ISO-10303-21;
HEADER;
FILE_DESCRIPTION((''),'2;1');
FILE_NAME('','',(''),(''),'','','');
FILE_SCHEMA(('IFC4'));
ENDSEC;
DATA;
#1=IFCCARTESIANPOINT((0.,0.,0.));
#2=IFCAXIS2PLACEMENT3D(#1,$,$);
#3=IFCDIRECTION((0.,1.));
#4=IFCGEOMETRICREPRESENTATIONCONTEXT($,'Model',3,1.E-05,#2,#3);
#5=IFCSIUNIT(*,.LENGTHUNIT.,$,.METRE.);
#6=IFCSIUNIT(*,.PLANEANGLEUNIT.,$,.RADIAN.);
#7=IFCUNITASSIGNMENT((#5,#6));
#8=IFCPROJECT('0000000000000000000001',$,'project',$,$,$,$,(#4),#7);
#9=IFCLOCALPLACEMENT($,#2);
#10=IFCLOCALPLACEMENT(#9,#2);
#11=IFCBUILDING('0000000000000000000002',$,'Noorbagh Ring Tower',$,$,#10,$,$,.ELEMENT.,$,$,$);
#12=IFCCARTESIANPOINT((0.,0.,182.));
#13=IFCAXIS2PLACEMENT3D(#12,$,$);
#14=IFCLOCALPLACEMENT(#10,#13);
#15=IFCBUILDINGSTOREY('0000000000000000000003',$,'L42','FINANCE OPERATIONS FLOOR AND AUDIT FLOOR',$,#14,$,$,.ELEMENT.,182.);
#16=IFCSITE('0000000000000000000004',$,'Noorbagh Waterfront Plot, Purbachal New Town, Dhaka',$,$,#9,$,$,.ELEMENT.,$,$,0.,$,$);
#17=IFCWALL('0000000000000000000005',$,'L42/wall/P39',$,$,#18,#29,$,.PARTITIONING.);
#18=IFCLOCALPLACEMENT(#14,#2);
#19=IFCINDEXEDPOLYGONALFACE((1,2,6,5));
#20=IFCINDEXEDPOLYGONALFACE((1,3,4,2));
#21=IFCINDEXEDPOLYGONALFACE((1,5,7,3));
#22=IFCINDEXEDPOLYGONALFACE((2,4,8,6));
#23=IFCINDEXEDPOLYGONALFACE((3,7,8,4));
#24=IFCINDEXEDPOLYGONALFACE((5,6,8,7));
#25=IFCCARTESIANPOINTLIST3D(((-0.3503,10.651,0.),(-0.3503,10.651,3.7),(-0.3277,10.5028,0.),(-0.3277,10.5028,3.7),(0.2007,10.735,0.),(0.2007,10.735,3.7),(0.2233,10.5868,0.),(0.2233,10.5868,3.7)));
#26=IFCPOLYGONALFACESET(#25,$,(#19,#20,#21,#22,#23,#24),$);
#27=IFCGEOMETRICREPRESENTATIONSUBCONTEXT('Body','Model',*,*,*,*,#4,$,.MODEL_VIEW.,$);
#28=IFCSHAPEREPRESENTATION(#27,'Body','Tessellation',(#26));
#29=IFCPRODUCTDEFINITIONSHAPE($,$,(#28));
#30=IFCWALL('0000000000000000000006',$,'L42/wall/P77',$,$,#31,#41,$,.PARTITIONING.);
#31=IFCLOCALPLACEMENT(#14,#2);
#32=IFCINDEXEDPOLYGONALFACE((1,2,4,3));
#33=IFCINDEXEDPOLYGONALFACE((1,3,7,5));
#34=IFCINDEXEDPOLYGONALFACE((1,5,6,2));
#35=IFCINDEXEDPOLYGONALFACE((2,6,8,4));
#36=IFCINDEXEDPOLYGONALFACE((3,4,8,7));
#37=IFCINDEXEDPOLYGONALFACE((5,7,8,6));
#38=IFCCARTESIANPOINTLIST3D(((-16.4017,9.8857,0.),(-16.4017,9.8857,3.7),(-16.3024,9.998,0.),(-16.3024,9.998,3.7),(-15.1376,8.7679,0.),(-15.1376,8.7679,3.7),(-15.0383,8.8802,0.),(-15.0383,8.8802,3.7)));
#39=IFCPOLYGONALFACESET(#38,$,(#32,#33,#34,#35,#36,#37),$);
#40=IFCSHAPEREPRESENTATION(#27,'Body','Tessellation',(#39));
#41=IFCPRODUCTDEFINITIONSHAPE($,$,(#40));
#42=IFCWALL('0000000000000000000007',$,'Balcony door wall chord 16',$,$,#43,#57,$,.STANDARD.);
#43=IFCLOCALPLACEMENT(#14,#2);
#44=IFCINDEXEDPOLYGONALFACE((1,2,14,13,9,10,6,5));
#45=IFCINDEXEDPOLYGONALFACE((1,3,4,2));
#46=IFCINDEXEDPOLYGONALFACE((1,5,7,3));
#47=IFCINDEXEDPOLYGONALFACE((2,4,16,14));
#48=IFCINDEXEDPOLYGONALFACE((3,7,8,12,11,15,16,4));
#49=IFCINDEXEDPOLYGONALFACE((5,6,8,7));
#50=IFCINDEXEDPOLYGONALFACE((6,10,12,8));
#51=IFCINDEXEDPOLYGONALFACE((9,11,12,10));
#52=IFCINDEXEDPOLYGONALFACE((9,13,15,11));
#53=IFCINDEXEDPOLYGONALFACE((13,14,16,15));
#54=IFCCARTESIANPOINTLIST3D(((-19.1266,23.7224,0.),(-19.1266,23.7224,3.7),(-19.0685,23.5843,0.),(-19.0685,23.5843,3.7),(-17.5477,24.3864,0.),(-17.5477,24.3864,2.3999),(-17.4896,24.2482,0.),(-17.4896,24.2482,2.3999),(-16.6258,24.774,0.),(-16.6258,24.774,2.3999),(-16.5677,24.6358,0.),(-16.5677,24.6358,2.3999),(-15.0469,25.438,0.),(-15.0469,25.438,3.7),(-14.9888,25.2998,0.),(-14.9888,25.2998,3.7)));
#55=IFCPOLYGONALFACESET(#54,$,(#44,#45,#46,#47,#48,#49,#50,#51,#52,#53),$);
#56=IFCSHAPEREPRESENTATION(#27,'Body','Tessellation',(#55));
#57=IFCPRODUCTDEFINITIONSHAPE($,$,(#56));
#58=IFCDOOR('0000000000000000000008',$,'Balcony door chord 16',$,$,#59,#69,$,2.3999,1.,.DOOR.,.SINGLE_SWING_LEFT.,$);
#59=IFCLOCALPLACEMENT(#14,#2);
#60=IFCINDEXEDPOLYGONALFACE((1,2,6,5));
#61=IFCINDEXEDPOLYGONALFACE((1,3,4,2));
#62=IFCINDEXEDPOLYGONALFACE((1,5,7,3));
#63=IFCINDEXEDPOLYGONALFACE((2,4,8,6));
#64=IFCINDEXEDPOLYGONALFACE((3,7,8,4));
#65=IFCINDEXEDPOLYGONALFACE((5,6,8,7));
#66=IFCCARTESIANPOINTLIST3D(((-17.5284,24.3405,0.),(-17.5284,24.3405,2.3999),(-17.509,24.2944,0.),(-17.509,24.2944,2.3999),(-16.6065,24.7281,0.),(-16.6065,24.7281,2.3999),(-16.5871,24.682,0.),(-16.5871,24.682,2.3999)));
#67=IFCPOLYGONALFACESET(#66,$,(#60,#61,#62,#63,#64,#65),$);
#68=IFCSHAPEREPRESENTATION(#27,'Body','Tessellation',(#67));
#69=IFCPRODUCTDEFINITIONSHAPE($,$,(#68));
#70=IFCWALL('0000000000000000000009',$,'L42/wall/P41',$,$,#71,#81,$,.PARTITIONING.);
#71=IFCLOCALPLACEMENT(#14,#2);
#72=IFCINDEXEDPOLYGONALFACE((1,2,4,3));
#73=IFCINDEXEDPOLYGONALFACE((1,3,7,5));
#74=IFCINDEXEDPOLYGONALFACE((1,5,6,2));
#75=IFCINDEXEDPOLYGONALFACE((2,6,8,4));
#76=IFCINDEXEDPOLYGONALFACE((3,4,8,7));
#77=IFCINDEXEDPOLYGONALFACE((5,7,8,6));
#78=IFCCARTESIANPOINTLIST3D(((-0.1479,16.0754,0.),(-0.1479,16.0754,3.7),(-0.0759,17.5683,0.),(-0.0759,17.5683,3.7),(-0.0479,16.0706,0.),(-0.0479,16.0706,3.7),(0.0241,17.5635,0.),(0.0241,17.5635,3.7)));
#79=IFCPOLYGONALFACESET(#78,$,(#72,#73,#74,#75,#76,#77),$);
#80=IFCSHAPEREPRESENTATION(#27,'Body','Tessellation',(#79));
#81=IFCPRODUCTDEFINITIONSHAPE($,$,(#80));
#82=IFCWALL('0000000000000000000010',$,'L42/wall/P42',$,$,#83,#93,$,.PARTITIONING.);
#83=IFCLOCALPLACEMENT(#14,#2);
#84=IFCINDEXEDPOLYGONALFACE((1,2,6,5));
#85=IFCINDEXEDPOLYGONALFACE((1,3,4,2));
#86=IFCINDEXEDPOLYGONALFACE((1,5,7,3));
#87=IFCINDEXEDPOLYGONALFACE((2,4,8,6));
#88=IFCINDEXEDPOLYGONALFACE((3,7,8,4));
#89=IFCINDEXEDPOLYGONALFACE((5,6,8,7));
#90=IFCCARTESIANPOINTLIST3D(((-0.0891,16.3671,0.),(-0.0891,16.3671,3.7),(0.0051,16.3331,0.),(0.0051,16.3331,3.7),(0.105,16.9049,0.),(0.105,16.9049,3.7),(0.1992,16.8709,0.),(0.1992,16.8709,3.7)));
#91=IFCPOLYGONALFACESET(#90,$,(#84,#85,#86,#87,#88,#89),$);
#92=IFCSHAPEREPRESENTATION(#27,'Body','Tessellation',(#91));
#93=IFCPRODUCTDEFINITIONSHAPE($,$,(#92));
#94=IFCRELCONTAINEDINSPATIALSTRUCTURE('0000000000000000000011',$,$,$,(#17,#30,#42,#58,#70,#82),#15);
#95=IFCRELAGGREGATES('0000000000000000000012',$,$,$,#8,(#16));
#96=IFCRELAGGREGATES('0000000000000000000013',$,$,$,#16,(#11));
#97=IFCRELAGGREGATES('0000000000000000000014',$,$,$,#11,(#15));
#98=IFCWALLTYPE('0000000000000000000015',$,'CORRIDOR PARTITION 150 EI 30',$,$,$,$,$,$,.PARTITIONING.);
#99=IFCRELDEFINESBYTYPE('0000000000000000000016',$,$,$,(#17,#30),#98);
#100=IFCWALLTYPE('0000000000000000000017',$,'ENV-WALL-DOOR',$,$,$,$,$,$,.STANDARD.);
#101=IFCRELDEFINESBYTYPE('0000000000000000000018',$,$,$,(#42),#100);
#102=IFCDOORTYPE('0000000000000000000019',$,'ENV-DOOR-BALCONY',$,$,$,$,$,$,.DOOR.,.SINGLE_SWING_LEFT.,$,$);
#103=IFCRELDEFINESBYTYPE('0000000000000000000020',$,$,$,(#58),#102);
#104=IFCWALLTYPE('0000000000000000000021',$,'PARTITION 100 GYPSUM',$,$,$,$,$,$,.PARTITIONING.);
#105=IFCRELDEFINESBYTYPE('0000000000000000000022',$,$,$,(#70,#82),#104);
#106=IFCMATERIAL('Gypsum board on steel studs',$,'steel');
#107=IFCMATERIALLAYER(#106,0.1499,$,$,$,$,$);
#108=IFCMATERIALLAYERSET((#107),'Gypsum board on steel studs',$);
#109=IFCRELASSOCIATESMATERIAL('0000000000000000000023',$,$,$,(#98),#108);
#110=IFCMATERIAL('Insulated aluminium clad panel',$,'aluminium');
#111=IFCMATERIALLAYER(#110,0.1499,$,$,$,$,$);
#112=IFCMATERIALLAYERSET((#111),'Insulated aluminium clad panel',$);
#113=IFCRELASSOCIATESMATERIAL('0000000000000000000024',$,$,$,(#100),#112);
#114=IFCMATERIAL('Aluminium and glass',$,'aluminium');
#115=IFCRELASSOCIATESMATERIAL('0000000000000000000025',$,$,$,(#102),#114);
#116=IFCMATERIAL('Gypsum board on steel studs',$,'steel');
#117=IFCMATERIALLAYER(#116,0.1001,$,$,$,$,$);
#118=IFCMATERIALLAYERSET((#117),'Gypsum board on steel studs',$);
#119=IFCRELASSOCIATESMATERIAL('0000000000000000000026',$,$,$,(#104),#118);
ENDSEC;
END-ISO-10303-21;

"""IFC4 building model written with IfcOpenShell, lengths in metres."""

from ifc_helpers import new_model, si_unit, direction, frame, frame_2d, origin, place, context, subcontext, project, spatial, rectangle, extrude, material, layer, layer_set, type_object, element, fill, save


model = new_model("IFC4")

# Units and contexts
model_context = context("Model", 3, precision=1e-05, world=origin(), true_north=direction((0.0, 1.0)))
body_context = subcontext(model_context, "Body", "Model", "MODEL_VIEW")
ifc_project = project(units=[si_unit("LENGTHUNIT", "METRE"), si_unit("PLANEANGLEUNIT", "RADIAN")], contexts=[model_context])

# Site, building, storey
site_placement = place(None, origin())
site = spatial("IfcSite", under=ifc_project, at=site_placement, Name="Noorbagh Waterfront Plot, Purbachal New Town, Dhaka", CompositionType="ELEMENT", RefElevation=0.0)
building_placement = place(site_placement, origin())
building = spatial("IfcBuilding", under=site, at=building_placement, Name="Noorbagh Ring Tower", CompositionType="ELEMENT")
storey_placement = place(building_placement, frame((0.0, 0.0, 182.0)))
storey = spatial("IfcBuildingStorey", under=building, at=storey_placement, Name="L42", Description="FINANCE OPERATIONS FLOOR AND AUDIT FLOOR", CompositionType="ELEMENT", Elevation=182.0)

# Walls
ifc_material_1 = material(Name="Gypsum board on steel studs", Category="steel")
ifc_layer_1 = layer(ifc_material_1, 0.1499)
ifc_layer_set_1 = layer_set([ifc_layer_1], Name="Gypsum board on steel studs")
wall_type_1 = type_object("IfcWallType", Name="CORRIDOR PARTITION 150 EI 30", PredefinedType="PARTITIONING", material=ifc_layer_set_1)
wall_1_placement = place(storey_placement, frame((-0.3391, 10.5769, 0.0), z_axis=(0.0, 0.0, 1.0), x_axis=(0.988583, 0.150675, 0.0)))
element("IfcWall", 1, at=wall_1_placement, inside=storey, type_object=wall_type_1, Name="L42/wall/P39", PredefinedType="PARTITIONING", context=body_context, shape_type="SweptSolid", body=[
    extrude(rectangle(XDim=0.5574, YDim=0.1499, at=frame_2d((0.2788, 0.0))), origin(), (0.0, 0.0, 1.0), 3.7),
])
wall_2_placement = place(storey_placement, frame((-16.3521, 9.9419, 0.0), z_axis=(0.0, 0.0, 1.0), x_axis=(0.749107, -0.662449, 0.0)))
element("IfcWall", 2, at=wall_2_placement, inside=storey, type_object=wall_type_1, Name="L42/wall/P77", PredefinedType="PARTITIONING", context=body_context, shape_type="SweptSolid", body=[
    extrude(rectangle(XDim=1.6875, YDim=0.1499, at=frame_2d((0.8438, 0.0))), origin(), (0.0, 0.0, 1.0), 3.7),
])

# Wall, opening, door
ifc_material_2 = material(Name="Insulated aluminium clad panel", Category="aluminium")
ifc_layer_2 = layer(ifc_material_2, 0.1499)
ifc_layer_set_2 = layer_set([ifc_layer_2], Name="Insulated aluminium clad panel")
wall_type_2 = type_object("IfcWallType", Name="ENV-WALL-DOOR", PredefinedType="STANDARD", material=ifc_layer_set_2)
wall_3_placement = place(storey_placement, frame((-15.0178, 25.3689, 0.0), z_axis=(0.0, 0.0, 1.0), x_axis=(-0.921817, -0.387625, 0.0)))
wall_3 = element("IfcWall", 3, at=wall_3_placement, inside=storey, type_object=wall_type_2, Name="Balcony door wall chord 16", PredefinedType="STANDARD", context=body_context, shape_type="SweptSolid", body=[
    extrude(rectangle(XDim=4.4258, YDim=0.1499, at=frame_2d((2.2129, 0.0))), origin(), (0.0, 0.0, 1.0), 3.7),
])
opening_placement = place(wall_3_placement, frame((1.7129, 0.0, 0.0)))
opening = element("IfcOpeningElement", 4, at=opening_placement, cuts=wall_3, PredefinedType="OPENING", context=body_context, shape_type="SweptSolid", body=[
    extrude(rectangle(XDim=1.0, YDim=2.3999, at=frame_2d((0.5, 1.2))), frame((0.0, 0.085, 0.0), z_axis=(0.0, -1.0, 0.0), x_axis=(1.0, 0.0, 0.0)), (0.0, 0.0, 1.0), 0.1699),
])
ifc_material_3 = material(Name="Aluminium and glass", Category="aluminium")
door_type = type_object("IfcDoorType", Name="ENV-DOOR-BALCONY", OperationType="SINGLE_SWING_LEFT", PredefinedType="DOOR", material=ifc_material_3)
door_placement = place(opening_placement, origin())
door = element("IfcDoor", 5, at=door_placement, inside=storey, type_object=door_type, Name="Balcony door chord 16", OperationType="SINGLE_SWING_LEFT", OverallHeight=2.3999, OverallWidth=1.0, PredefinedType="DOOR", context=body_context, shape_type="SweptSolid", body=[
    extrude(rectangle(XDim=1.0, YDim=2.3999, at=frame_2d((0.5, 1.2))), frame((0.0, 0.0249, 0.0), z_axis=(0.0, -1.0, 0.0), x_axis=(1.0, 0.0, 0.0)), (0.0, 0.0, 1.0), 0.05),
])
fill(opening, door)

# Walls
ifc_material_4 = material(Name="Gypsum board on steel studs", Category="steel")
ifc_layer_3 = layer(ifc_material_4, 0.1001)
ifc_layer_set_3 = layer_set([ifc_layer_3], Name="Gypsum board on steel studs")
wall_type_3 = type_object("IfcWallType", Name="PARTITION 100 GYPSUM", PredefinedType="PARTITIONING", material=ifc_layer_set_3)
wall_4_placement = place(storey_placement, frame((-0.0979, 16.073, 0.0), z_axis=(0.0, 0.0, 1.0), x_axis=(0.048186, 0.998838, 0.0)))
element("IfcWall", 6, at=wall_4_placement, inside=storey, type_object=wall_type_3, Name="L42/wall/P41", PredefinedType="PARTITIONING", context=body_context, shape_type="SweptSolid", body=[
    extrude(rectangle(XDim=1.4946, YDim=0.1001, at=frame_2d((0.7473, 0.0))), origin(), (0.0, 0.0, 1.0), 3.7),
])
wall_5_placement = place(storey_placement, frame((-0.042, 16.3501, 0.0), z_axis=(0.0, 0.0, 1.0), x_axis=(0.339445, 0.940626, 0.0)))
element("IfcWall", 7, at=wall_5_placement, inside=storey, type_object=wall_type_3, Name="L42/wall/P42", PredefinedType="PARTITIONING", context=body_context, shape_type="SweptSolid", body=[
    extrude(rectangle(XDim=0.5718, YDim=0.1001, at=frame_2d((0.2859, 0.0))), origin(), (0.0, 0.0, 1.0), 3.7),
])

save(model, "model.ifc")
